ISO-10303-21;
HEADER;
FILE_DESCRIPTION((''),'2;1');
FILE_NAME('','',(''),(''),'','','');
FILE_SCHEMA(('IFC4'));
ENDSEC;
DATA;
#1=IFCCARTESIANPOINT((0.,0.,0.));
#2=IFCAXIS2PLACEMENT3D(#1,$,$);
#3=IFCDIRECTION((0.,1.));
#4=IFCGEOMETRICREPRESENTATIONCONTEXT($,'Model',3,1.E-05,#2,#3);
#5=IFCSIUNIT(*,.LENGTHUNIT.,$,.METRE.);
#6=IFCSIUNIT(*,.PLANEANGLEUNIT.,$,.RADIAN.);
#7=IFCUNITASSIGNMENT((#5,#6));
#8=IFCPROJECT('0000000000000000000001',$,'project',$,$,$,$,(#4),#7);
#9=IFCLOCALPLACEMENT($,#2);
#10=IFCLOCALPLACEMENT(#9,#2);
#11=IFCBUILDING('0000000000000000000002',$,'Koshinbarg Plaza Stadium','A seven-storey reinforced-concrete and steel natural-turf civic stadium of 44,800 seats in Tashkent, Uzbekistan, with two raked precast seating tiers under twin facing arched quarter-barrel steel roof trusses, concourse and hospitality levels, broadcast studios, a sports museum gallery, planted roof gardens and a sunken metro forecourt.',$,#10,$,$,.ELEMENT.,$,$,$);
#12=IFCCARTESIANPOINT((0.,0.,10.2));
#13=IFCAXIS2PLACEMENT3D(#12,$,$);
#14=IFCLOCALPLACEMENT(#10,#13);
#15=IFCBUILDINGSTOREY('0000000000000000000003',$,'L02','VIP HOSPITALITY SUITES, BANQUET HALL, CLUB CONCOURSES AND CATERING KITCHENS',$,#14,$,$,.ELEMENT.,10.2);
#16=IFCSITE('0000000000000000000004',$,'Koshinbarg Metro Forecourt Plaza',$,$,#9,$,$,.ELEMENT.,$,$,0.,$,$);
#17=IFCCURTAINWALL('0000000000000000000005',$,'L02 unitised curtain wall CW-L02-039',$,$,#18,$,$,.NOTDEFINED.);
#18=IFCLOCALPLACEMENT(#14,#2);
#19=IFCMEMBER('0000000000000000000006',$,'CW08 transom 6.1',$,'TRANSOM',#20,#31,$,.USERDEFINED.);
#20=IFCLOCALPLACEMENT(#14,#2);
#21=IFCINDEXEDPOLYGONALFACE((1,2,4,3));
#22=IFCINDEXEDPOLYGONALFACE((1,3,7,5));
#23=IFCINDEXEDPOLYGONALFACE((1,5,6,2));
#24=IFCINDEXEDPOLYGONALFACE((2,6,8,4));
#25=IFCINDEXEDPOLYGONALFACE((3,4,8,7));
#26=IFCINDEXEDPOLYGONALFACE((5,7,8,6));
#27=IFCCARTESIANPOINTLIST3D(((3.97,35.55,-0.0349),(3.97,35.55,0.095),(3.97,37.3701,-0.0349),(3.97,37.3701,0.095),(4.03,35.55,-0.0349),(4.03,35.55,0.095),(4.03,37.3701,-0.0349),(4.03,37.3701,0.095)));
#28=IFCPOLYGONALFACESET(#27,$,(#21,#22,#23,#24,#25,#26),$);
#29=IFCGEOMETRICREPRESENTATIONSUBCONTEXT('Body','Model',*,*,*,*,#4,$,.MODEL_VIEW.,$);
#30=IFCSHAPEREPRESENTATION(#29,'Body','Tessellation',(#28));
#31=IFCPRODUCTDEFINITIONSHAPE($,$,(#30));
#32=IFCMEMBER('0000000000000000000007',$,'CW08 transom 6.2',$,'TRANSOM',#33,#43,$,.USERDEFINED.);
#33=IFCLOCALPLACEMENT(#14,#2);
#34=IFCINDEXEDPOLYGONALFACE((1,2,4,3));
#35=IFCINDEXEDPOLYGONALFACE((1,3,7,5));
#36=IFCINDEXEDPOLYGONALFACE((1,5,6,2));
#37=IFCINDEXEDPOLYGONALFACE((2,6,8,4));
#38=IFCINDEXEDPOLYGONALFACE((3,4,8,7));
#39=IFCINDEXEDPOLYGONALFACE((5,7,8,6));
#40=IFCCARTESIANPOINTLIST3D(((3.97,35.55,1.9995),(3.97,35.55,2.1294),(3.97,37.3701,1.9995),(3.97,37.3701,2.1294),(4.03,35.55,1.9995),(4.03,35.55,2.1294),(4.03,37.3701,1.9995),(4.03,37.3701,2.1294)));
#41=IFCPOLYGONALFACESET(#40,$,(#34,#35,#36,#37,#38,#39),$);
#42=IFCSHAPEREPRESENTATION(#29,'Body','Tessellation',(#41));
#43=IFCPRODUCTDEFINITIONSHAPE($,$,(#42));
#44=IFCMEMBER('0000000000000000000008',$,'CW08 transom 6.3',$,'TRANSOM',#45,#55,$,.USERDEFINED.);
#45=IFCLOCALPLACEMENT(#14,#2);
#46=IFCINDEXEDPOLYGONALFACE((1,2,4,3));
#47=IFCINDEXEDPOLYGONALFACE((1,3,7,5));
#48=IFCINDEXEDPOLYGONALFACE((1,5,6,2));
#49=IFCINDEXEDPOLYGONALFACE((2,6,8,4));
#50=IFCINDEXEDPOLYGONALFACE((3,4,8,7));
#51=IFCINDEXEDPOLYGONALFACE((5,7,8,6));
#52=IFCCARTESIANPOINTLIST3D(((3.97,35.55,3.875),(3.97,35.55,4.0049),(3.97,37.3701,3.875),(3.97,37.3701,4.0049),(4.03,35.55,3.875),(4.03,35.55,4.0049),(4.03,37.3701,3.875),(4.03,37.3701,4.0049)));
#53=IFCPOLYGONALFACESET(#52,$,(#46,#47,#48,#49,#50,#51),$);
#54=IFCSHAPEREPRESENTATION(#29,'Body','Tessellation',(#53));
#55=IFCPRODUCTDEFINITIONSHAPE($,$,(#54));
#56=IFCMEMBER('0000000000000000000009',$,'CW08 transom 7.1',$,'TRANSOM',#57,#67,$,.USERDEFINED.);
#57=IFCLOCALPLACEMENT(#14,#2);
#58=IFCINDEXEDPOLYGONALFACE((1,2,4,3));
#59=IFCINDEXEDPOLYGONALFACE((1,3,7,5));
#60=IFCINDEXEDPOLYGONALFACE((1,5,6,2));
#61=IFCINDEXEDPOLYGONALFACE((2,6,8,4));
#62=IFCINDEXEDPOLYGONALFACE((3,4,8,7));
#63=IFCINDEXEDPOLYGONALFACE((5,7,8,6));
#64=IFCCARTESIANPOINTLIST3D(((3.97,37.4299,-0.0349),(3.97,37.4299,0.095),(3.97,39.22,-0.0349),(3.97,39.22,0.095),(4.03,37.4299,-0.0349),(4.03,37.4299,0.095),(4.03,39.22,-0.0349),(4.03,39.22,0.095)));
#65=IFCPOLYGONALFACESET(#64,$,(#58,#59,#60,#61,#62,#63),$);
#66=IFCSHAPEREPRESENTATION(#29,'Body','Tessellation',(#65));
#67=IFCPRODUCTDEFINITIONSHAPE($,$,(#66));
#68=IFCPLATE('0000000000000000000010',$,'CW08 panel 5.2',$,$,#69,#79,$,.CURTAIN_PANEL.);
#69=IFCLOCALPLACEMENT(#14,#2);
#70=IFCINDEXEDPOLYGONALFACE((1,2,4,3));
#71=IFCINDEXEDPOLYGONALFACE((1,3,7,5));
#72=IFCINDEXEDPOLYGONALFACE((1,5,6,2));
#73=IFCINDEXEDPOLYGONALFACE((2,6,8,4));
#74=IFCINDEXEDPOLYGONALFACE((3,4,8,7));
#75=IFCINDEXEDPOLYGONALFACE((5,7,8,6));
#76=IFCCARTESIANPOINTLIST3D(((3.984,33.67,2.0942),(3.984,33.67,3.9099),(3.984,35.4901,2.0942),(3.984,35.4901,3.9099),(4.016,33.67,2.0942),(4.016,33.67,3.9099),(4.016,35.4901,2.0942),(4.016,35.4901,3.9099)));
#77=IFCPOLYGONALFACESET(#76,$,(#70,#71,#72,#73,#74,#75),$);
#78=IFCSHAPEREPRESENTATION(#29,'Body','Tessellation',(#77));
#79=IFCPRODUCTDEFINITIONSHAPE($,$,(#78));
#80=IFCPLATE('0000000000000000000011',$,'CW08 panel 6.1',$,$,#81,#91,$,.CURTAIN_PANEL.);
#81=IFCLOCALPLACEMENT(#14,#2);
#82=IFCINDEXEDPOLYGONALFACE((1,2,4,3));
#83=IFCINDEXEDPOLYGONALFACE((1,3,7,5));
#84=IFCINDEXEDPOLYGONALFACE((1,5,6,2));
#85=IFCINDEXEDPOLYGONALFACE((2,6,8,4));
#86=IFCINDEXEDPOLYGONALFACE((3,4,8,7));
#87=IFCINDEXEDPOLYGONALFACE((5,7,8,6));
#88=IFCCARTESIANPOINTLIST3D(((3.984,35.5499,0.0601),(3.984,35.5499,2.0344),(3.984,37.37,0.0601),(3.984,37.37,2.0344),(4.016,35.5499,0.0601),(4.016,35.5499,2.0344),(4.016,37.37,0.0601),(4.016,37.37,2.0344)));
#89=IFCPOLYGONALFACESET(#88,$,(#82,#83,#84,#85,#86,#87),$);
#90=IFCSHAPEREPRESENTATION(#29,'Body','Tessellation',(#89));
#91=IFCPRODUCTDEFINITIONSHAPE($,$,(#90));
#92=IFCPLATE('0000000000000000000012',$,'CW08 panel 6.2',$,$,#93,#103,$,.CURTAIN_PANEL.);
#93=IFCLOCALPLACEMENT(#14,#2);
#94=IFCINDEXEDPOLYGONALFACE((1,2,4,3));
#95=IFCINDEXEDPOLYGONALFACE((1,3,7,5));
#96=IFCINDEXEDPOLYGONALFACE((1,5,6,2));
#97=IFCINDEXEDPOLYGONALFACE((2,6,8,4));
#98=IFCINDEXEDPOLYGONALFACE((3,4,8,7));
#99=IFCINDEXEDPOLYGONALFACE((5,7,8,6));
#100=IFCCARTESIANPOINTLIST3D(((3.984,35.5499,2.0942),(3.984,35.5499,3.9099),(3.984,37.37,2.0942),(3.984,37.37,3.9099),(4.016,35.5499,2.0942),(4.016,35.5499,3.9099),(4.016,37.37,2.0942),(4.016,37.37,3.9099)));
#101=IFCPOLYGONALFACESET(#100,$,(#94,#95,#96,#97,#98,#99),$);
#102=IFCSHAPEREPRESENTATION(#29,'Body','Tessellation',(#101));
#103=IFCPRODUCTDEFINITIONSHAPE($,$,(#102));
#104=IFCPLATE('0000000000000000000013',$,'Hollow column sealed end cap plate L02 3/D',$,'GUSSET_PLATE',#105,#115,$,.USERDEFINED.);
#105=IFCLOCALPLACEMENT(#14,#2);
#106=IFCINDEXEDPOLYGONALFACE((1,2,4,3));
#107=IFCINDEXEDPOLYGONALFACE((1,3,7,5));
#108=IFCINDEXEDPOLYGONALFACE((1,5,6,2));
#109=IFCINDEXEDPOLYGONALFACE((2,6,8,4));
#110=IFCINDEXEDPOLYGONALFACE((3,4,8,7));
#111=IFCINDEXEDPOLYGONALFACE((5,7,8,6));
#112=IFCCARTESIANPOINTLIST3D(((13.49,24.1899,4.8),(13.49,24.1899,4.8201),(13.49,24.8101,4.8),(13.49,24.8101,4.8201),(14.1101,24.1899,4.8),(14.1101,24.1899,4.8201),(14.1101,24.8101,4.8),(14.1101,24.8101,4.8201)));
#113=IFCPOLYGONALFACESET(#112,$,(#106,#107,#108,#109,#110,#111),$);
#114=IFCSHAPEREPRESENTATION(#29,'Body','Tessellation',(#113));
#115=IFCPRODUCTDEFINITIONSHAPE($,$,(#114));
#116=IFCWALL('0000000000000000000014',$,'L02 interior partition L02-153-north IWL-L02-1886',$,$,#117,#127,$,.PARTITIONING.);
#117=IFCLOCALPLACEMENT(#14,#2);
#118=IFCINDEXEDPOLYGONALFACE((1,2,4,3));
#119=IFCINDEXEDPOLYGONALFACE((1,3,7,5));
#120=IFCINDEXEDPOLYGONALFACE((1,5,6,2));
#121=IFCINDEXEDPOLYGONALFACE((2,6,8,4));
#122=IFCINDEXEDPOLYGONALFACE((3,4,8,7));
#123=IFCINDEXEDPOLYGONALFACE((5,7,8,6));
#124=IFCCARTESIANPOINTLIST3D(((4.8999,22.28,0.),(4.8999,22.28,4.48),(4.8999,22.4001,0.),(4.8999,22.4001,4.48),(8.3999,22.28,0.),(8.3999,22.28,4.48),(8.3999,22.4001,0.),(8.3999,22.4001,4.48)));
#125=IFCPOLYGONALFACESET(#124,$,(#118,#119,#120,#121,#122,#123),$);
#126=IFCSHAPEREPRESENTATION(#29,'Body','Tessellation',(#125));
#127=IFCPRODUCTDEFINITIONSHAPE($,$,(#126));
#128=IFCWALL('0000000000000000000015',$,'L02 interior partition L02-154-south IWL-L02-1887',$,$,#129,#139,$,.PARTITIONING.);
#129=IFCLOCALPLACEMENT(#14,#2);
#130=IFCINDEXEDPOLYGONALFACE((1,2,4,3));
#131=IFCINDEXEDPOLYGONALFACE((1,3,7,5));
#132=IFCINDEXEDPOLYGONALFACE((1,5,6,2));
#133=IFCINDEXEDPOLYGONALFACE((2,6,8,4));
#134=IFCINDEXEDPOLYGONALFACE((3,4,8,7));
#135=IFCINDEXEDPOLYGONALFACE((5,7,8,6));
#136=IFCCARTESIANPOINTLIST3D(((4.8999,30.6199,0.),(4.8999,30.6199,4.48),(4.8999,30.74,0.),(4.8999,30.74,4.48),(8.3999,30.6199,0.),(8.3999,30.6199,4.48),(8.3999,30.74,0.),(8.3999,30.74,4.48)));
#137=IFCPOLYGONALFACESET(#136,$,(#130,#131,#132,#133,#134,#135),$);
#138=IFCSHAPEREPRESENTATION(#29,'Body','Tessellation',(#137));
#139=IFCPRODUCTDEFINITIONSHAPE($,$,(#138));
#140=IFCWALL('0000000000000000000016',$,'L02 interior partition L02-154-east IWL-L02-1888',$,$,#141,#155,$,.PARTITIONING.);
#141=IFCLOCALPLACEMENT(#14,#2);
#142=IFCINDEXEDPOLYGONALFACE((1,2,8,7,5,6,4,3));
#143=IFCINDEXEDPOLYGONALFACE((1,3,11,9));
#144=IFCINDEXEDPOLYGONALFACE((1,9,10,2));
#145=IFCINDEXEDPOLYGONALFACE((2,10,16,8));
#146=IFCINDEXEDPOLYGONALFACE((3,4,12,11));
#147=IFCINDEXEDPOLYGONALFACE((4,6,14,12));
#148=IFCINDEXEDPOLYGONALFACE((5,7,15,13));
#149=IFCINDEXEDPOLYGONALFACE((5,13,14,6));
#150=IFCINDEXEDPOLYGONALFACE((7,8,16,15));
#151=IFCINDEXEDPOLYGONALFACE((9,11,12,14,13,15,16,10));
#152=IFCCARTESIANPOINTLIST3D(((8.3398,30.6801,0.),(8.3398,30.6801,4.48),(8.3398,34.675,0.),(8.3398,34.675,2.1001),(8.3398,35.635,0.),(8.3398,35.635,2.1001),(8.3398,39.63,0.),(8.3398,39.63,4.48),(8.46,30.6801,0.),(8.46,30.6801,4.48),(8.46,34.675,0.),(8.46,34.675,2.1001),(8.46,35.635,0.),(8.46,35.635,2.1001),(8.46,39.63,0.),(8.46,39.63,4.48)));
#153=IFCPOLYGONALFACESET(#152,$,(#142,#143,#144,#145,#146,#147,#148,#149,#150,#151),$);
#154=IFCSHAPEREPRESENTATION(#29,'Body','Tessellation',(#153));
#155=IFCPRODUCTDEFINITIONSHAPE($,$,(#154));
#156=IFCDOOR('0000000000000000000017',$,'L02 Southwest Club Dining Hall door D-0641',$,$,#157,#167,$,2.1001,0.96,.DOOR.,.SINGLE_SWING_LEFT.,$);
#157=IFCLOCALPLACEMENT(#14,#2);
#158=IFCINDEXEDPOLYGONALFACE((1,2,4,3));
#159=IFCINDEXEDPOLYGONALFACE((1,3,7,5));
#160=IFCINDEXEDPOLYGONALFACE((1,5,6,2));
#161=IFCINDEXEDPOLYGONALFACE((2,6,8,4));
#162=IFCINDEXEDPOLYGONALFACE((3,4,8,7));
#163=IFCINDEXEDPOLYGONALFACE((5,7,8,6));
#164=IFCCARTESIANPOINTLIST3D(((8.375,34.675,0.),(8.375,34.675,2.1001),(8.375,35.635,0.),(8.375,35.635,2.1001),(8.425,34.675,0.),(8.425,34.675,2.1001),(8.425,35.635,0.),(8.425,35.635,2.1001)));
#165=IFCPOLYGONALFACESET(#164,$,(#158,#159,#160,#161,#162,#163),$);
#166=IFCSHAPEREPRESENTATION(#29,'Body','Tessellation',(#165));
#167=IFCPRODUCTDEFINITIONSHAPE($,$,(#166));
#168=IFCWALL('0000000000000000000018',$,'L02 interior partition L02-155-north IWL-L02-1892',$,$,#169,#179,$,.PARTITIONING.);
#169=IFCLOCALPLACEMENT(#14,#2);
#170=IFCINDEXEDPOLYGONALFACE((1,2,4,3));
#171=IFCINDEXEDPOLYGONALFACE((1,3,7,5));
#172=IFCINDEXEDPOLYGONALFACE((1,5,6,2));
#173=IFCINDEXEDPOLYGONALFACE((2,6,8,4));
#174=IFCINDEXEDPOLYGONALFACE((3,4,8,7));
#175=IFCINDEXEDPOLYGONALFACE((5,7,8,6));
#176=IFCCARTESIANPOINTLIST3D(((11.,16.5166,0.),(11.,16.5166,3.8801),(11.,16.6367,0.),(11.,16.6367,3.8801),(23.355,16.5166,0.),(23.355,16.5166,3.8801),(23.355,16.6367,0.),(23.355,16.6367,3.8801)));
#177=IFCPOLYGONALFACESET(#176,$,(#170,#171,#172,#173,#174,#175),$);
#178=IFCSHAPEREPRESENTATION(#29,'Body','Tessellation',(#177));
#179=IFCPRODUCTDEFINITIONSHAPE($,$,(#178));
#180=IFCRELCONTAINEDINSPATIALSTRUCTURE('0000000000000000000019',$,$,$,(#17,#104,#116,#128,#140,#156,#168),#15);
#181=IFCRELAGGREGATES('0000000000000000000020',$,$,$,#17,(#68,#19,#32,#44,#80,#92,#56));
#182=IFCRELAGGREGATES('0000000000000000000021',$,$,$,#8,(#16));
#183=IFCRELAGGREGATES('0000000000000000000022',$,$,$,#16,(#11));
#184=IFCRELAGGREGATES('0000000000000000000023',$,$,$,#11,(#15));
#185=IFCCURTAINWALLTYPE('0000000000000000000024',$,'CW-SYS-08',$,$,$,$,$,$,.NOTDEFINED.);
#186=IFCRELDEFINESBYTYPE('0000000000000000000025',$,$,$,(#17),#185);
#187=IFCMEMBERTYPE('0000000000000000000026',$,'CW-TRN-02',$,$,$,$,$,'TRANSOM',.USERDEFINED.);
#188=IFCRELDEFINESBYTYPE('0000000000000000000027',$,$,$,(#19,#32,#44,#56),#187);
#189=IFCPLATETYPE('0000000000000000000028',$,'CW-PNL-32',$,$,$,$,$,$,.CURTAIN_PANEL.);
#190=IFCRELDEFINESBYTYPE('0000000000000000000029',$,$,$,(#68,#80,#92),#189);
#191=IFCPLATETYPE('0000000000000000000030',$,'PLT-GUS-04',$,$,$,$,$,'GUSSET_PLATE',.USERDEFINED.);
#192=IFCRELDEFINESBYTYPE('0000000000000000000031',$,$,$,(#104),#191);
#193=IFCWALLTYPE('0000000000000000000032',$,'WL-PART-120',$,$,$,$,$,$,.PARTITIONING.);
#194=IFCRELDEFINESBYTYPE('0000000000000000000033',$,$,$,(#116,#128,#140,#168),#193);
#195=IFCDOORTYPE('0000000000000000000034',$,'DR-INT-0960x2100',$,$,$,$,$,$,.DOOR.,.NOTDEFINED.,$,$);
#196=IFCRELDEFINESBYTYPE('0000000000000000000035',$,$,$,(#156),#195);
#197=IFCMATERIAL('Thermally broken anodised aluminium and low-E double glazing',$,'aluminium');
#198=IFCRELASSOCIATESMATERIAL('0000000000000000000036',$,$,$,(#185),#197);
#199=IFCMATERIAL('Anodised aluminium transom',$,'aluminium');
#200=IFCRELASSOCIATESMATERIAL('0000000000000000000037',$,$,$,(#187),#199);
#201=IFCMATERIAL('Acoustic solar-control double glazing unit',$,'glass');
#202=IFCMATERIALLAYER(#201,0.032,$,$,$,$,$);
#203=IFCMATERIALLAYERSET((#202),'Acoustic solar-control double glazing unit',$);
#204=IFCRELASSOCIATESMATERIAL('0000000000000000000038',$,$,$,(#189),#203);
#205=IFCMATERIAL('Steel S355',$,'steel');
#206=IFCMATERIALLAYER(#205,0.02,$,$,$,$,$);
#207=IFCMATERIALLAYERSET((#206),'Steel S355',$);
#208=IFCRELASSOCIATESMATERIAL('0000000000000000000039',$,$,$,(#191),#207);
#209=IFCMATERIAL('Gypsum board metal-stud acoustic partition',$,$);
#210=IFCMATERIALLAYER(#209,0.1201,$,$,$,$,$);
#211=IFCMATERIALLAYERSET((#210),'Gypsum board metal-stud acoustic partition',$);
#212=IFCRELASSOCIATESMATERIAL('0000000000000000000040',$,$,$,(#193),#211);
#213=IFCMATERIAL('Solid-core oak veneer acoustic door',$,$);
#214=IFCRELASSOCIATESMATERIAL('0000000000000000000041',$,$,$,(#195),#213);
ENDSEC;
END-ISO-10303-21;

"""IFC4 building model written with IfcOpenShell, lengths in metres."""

from ifc_helpers import new_model, si_unit, direction, frame, frame_2d, origin, origin_2d, place, context, subcontext, project, spatial, rectangle, extrude, material, layer, layer_set, material_profile, profile_set, type_object, element, fill, aggregate, save


model = new_model("IFC4")

# Units and contexts
model_context = context("Model", 3, precision=1e-05, world=origin(), true_north=direction((0.0, 1.0)))
body_context = subcontext(model_context, "Body", "Model", "MODEL_VIEW")
ifc_project = project(units=[si_unit("LENGTHUNIT", "METRE"), si_unit("PLANEANGLEUNIT", "RADIAN")], contexts=[model_context])

# Site, building, storey
site_placement = place(None, origin())
site = spatial("IfcSite", under=ifc_project, at=site_placement, Name="Koshinbarg Metro Forecourt Plaza", CompositionType="ELEMENT", RefElevation=0.0)
building_placement = place(site_placement, origin())
building = spatial("IfcBuilding", under=site, at=building_placement, Name="Koshinbarg Plaza Stadium", Description="A seven-storey reinforced-concrete and steel natural-turf civic stadium of 44,800 seats in Tashkent, Uzbekistan, with two raked precast seating tiers under twin facing arched quarter-barrel steel roof trusses, concourse and hospitality levels, broadcast studios, a sports museum gallery, planted roof gardens and a sunken metro forecourt.", CompositionType="ELEMENT")
storey_placement = place(building_placement, frame((0.0, 0.0, 10.2)))
storey = spatial("IfcBuildingStorey", under=building, at=storey_placement, Name="L02", Description="VIP HOSPITALITY SUITES, BANQUET HALL, CLUB CONCOURSES AND CATERING KITCHENS", CompositionType="ELEMENT", Elevation=10.2)

# Shared definitions
ifc_material_1 = material(Name="Steel S355", Category="steel")

# Curtain wall, members, plates
ifc_material_2 = material(Name="Thermally broken anodised aluminium and low-E double glazing", Category="aluminium")
curtain_wall_type = type_object("IfcCurtainWallType", Name="CW-SYS-08", PredefinedType="NOTDEFINED", material=ifc_material_2)
curtain_wall_placement = place(storey_placement, origin())
curtain_wall = element("IfcCurtainWall", 1, at=curtain_wall_placement, inside=storey, type_object=curtain_wall_type, Name="L02 unitised curtain wall CW-L02-039", PredefinedType="NOTDEFINED")
ifc_material_3 = material(Name="Anodised aluminium transom", Category="aluminium")
ifc_material_profile_1 = material_profile(ifc_material_3, rectangle(XDim=0.0601, YDim=0.1299, at=origin_2d()), Name="ALU 60x130")
ifc_profile_set_1 = profile_set([ifc_material_profile_1], Name="Anodised aluminium transom")
member_type_1 = type_object("IfcMemberType", Name="CW-TRN-02", ElementType="TRANSOM", PredefinedType="USERDEFINED", material=ifc_profile_set_1)
member_1_placement = place(storey_placement, frame((4.0, 35.55, 0.03), z_axis=(0.0, 1.0, 0.0), x_axis=(-1.0, 0.0, 0.0)))
member_1 = element("IfcMember", 2, at=member_1_placement, type_object=member_type_1, Name="CW08 transom 6.1", ObjectType="TRANSOM", PredefinedType="USERDEFINED", context=body_context, shape_type="SweptSolid", body=[
    extrude(rectangle(XDim=0.0601, YDim=0.1299, at=origin_2d()), origin(), (0.0, 0.0, 1.0), 1.8201),
])
member_2_placement = place(storey_placement, frame((4.0, 35.55, 2.0645), z_axis=(0.0, 1.0, 0.0), x_axis=(-1.0, 0.0, 0.0)))
member_2 = element("IfcMember", 3, at=member_2_placement, type_object=member_type_1, Name="CW08 transom 6.2", ObjectType="TRANSOM", PredefinedType="USERDEFINED", context=body_context, shape_type="SweptSolid", body=[
    extrude(rectangle(XDim=0.0601, YDim=0.1299, at=origin_2d()), origin(), (0.0, 0.0, 1.0), 1.8201),
])
member_3_placement = place(storey_placement, frame((4.0, 35.55, 3.9399), z_axis=(0.0, 1.0, 0.0), x_axis=(-1.0, 0.0, 0.0)))
member_3 = element("IfcMember", 4, at=member_3_placement, type_object=member_type_1, Name="CW08 transom 6.3", ObjectType="TRANSOM", PredefinedType="USERDEFINED", context=body_context, shape_type="SweptSolid", body=[
    extrude(rectangle(XDim=0.0601, YDim=0.1299, at=origin_2d()), origin(), (0.0, 0.0, 1.0), 1.8201),
])
member_4_placement = place(storey_placement, frame((4.0, 37.4299, 0.03), z_axis=(0.0, 1.0, 0.0), x_axis=(-1.0, 0.0, 0.0)))
member_4 = element("IfcMember", 5, at=member_4_placement, type_object=member_type_1, Name="CW08 transom 7.1", ObjectType="TRANSOM", PredefinedType="USERDEFINED", context=body_context, shape_type="SweptSolid", body=[
    extrude(rectangle(XDim=0.0601, YDim=0.1299, at=origin_2d()), origin(), (0.0, 0.0, 1.0), 1.79),
])
ifc_material_4 = material(Name="Acoustic solar-control double glazing unit", Category="glass")
ifc_layer_1 = layer(ifc_material_4, 0.032)
ifc_layer_set_1 = layer_set([ifc_layer_1], Name="Acoustic solar-control double glazing unit")
plate_type_1 = type_object("IfcPlateType", Name="CW-PNL-32", PredefinedType="CURTAIN_PANEL", material=ifc_layer_set_1)
plate_1_placement = place(storey_placement, frame((4.0, 34.5801, 2.0942), z_axis=(0.0, 0.0, 1.0), x_axis=(0.0, 1.0, 0.0)))
plate_1 = element("IfcPlate", 6, at=plate_1_placement, type_object=plate_type_1, Name="CW08 panel 5.2", PredefinedType="CURTAIN_PANEL", context=body_context, shape_type="SweptSolid", body=[
    extrude(rectangle(XDim=1.8201, YDim=0.032, at=origin_2d()), origin(), (0.0, 0.0, 1.0), 1.8157),
])
plate_2_placement = place(storey_placement, frame((4.0, 36.46, 0.0601), z_axis=(0.0, 0.0, 1.0), x_axis=(0.0, 1.0, 0.0)))
plate_2 = element("IfcPlate", 7, at=plate_2_placement, type_object=plate_type_1, Name="CW08 panel 6.1", PredefinedType="CURTAIN_PANEL", context=body_context, shape_type="SweptSolid", body=[
    extrude(rectangle(XDim=1.8201, YDim=0.032, at=origin_2d()), origin(), (0.0, 0.0, 1.0), 1.9744),
])
plate_3_placement = place(storey_placement, frame((4.0, 36.46, 2.0942), z_axis=(0.0, 0.0, 1.0), x_axis=(0.0, 1.0, 0.0)))
plate_3 = element("IfcPlate", 8, at=plate_3_placement, type_object=plate_type_1, Name="CW08 panel 6.2", PredefinedType="CURTAIN_PANEL", context=body_context, shape_type="SweptSolid", body=[
    extrude(rectangle(XDim=1.8201, YDim=0.032, at=origin_2d()), origin(), (0.0, 0.0, 1.0), 1.8157),
])
aggregate(curtain_wall, [plate_1, member_1, member_2, member_3, plate_2, plate_3, member_4])

# Plate
ifc_layer_2 = layer(ifc_material_1, 0.02)
ifc_layer_set_2 = layer_set([ifc_layer_2], Name="Steel S355")
plate_type_2 = type_object("IfcPlateType", Name="PLT-GUS-04", ElementType="GUSSET_PLATE", PredefinedType="USERDEFINED", material=ifc_layer_set_2)
plate_4_placement = place(storey_placement, frame((13.8, 24.5, 4.8), z_axis=(0.0, 0.0, 1.0), x_axis=(1.0, 0.0, 0.0)))
element("IfcPlate", 9, at=plate_4_placement, inside=storey, type_object=plate_type_2, Name="Hollow column sealed end cap plate L02 3/D", ObjectType="GUSSET_PLATE", PredefinedType="USERDEFINED", context=body_context, shape_type="SweptSolid", body=[
    extrude(rectangle(XDim=0.6201, YDim=0.6201, at=origin_2d()), origin(), (0.0, 0.0, 1.0), 0.02),
])

# Walls
ifc_material_5 = material(Name="Gypsum board metal-stud acoustic partition")
ifc_layer_3 = layer(ifc_material_5, 0.1201)
ifc_layer_set_3 = layer_set([ifc_layer_3], Name="Gypsum board metal-stud acoustic partition")
wall_type_1 = type_object("IfcWallType", Name="WL-PART-120", PredefinedType="PARTITIONING", material=ifc_layer_set_3)
for number, where, z_axis, x_axis, name in (
    (10, (8.3999, 22.3401, 0.0), (0.0, 0.0, 1.0), (-1.0, 0.0, 0.0), "L02 interior partition L02-153-north IWL-L02-1886"),
    (11, (4.8999, 30.6799, 0.0), (0.0, 0.0, 1.0), (1.0, 0.0, 0.0), "L02 interior partition L02-154-south IWL-L02-1887"),
):
    element("IfcWall", number, at=place(storey_placement, frame(where, z_axis=z_axis, x_axis=x_axis)), inside=storey, type_object=wall_type_1, Name=name, PredefinedType="PARTITIONING", context=body_context, shape_type="SweptSolid", body=[
        extrude(rectangle(XDim=3.5, YDim=0.1201, at=frame_2d((1.75, 0.0))), origin(), (0.0, 0.0, 1.0), 4.48),
    ])

# Wall, opening, door
wall_1_placement = place(storey_placement, frame((8.3999, 30.6799, 0.0), z_axis=(0.0, 0.0, 1.0), x_axis=(0.0, 1.0, 0.0)))
wall_1 = element("IfcWall", 12, at=wall_1_placement, inside=storey, type_object=wall_type_1, Name="L02 interior partition L02-154-east IWL-L02-1888", PredefinedType="PARTITIONING", context=body_context, shape_type="SweptSolid", body=[
    extrude(rectangle(XDim=8.95, YDim=0.1201, at=frame_2d((4.4751, 0.0))), origin(), (0.0, 0.0, 1.0), 4.48),
])
opening_1_placement = place(wall_1_placement, frame((3.9951, 0.0, 0.0)))
opening_1 = element("IfcOpeningElement", 13, at=opening_1_placement, cuts=wall_1, PredefinedType="OPENING", context=body_context, shape_type="SweptSolid", body=[
    extrude(rectangle(XDim=0.96, YDim=2.1001, at=frame_2d((0.48, 1.05))), frame((0.0, 0.0701, 0.0), z_axis=(0.0, -1.0, 0.0), x_axis=(1.0, 0.0, 0.0)), (0.0, 0.0, 1.0), 0.1401),
])
ifc_material_6 = material(Name="Solid-core oak veneer acoustic door")
door_type_1 = type_object("IfcDoorType", Name="DR-INT-0960x2100", OperationType="NOTDEFINED", PredefinedType="DOOR", material=ifc_material_6)
door_1_placement = place(opening_1_placement, origin())
door_1 = element("IfcDoor", 14, at=door_1_placement, inside=storey, type_object=door_type_1, Name="L02 Southwest Club Dining Hall door D-0641", OperationType="SINGLE_SWING_LEFT", OverallHeight=2.1001, OverallWidth=0.96, PredefinedType="DOOR", context=body_context, shape_type="SweptSolid", body=[
    extrude(rectangle(XDim=0.96, YDim=2.1001, at=frame_2d((0.48, 1.05))), frame((0.0, 0.0249, 0.0), z_axis=(0.0, -1.0, 0.0), x_axis=(1.0, 0.0, 0.0)), (0.0, 0.0, 1.0), 0.05),
])
fill(opening_1, door_1)

# Wall
wall_2_placement = place(storey_placement, frame((23.355, 16.5767, 0.0), z_axis=(0.0, 0.0, 1.0), x_axis=(-1.0, 0.0, 0.0)))
element("IfcWall", 15, at=wall_2_placement, inside=storey, type_object=wall_type_1, Name="L02 interior partition L02-155-north IWL-L02-1892", PredefinedType="PARTITIONING", context=body_context, shape_type="SweptSolid", body=[
    extrude(rectangle(XDim=12.355, YDim=0.1201, at=frame_2d((6.1775, 0.0))), origin(), (0.0, 0.0, 1.0), 3.8801),
])

save(model, "model.ifc")
